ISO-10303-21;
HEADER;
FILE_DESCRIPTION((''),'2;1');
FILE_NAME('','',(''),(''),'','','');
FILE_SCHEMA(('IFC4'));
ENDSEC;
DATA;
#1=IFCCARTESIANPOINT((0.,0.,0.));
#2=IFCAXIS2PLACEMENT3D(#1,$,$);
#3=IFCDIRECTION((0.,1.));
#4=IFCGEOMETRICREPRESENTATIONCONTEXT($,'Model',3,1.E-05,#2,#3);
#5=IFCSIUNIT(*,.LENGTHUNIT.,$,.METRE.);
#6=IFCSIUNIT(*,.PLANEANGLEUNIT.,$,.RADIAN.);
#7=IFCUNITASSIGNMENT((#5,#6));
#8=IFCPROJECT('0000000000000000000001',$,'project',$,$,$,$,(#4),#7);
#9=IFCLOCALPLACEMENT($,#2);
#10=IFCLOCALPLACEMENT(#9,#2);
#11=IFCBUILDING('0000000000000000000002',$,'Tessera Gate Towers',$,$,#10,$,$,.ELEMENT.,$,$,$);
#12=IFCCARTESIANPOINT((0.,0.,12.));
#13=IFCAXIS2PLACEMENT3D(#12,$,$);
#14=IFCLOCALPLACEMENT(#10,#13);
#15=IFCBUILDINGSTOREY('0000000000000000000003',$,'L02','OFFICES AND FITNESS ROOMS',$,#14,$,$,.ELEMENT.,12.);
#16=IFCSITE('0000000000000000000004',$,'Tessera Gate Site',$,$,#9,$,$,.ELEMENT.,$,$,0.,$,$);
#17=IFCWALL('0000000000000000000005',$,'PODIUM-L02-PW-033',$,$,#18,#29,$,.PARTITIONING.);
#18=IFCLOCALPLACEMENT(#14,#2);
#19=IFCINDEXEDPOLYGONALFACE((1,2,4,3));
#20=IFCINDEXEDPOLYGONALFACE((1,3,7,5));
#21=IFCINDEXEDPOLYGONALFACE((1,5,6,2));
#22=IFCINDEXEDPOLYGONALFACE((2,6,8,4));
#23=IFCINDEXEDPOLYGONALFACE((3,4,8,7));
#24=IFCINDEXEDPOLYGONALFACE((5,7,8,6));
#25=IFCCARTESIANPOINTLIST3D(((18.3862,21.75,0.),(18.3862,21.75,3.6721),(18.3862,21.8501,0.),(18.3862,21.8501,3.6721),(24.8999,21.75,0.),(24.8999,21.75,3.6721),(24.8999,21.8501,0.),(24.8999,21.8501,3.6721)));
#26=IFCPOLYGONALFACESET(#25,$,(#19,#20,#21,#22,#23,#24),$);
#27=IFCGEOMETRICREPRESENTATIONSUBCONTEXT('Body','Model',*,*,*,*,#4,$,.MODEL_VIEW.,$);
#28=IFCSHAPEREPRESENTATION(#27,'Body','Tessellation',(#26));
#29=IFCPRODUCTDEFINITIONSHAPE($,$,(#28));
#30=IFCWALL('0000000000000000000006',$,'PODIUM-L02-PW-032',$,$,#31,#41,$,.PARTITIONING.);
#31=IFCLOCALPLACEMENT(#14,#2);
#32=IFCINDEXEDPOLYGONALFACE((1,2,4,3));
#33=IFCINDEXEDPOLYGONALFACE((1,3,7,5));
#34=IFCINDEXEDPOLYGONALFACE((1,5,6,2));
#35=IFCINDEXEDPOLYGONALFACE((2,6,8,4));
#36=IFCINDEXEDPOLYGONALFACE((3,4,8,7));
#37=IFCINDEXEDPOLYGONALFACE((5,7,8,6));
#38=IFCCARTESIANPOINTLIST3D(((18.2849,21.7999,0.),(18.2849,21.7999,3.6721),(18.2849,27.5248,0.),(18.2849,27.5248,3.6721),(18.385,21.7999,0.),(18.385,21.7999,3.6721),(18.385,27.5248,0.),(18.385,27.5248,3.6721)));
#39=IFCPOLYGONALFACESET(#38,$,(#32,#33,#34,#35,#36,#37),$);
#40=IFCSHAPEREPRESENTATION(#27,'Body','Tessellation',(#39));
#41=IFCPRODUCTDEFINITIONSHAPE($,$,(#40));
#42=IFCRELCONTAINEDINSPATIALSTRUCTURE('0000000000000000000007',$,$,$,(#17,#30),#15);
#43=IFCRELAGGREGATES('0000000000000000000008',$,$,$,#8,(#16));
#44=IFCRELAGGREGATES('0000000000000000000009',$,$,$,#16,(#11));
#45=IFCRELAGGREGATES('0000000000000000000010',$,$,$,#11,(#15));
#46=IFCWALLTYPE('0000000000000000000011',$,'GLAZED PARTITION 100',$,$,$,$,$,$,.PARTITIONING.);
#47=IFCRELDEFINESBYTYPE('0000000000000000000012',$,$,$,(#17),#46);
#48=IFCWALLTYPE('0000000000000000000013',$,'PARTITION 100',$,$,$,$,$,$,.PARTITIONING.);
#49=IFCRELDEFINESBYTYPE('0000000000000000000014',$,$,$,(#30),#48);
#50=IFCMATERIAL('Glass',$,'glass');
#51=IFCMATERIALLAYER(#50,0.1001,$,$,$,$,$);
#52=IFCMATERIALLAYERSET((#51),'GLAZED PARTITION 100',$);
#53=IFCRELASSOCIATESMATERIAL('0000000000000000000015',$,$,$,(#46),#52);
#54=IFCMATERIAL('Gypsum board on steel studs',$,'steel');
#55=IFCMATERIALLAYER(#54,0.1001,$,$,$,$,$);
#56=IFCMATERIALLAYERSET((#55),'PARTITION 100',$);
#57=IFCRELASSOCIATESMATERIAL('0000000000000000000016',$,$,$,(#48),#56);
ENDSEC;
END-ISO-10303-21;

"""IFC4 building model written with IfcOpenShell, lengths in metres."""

from ifc_helpers import new_model, si_unit, direction, frame, frame_2d, origin, place, context, subcontext, project, spatial, rectangle, extrude, material, layer, layer_set, type_object, element, save


model = new_model("IFC4")

# Units and contexts
model_context = context("Model", 3, precision=1e-05, world=origin(), true_north=direction((0.0, 1.0)))
body_context = subcontext(model_context, "Body", "Model", "MODEL_VIEW")
ifc_project = project(units=[si_unit("LENGTHUNIT", "METRE"), si_unit("PLANEANGLEUNIT", "RADIAN")], contexts=[model_context])

# Site, building, storey
site_placement = place(None, origin())
site = spatial("IfcSite", under=ifc_project, at=site_placement, Name="Tessera Gate Site", CompositionType="ELEMENT", RefElevation=0.0)
building_placement = place(site_placement, origin())
building = spatial("IfcBuilding", under=site, at=building_placement, Name="Tessera Gate Towers", CompositionType="ELEMENT")
storey_placement = place(building_placement, frame((0.0, 0.0, 12.0)))
storey = spatial("IfcBuildingStorey", under=building, at=storey_placement, Name="L02", Description="OFFICES AND FITNESS ROOMS", CompositionType="ELEMENT", Elevation=12.0)

# Walls
ifc_material_1 = material(Name="Glass", Category="glass")
ifc_layer_1 = layer(ifc_material_1, 0.1001)
ifc_layer_set_1 = layer_set([ifc_layer_1], Name="GLAZED PARTITION 100")
wall_type_1 = type_object("IfcWallType", Name="GLAZED PARTITION 100", PredefinedType="PARTITIONING", material=ifc_layer_set_1)
wall_1_placement = place(storey_placement, frame((18.3862, 21.8, 0.0), z_axis=(0.0, 0.0, 1.0), x_axis=(1.0, 0.0, 0.0)))
element("IfcWall", 1, at=wall_1_placement, inside=storey, type_object=wall_type_1, Name="PODIUM-L02-PW-033", PredefinedType="PARTITIONING", context=body_context, shape_type="SweptSolid", body=[
    extrude(rectangle(XDim=6.5137, YDim=0.1001, at=frame_2d((3.2568, 0.0))), origin(), (0.0, 0.0, 1.0), 3.6721),
])
ifc_material_2 = material(Name="Gypsum board on steel studs", Category="steel")
ifc_layer_2 = layer(ifc_material_2, 0.1001)
ifc_layer_set_2 = layer_set([ifc_layer_2], Name="PARTITION 100")
wall_type_2 = type_object("IfcWallType", Name="PARTITION 100", PredefinedType="PARTITIONING", material=ifc_layer_set_2)
wall_2_placement = place(storey_placement, frame((18.335, 21.8, 0.0), z_axis=(0.0, 0.0, 1.0), x_axis=(0.0, 1.0, 0.0)))
element("IfcWall", 2, at=wall_2_placement, inside=storey, type_object=wall_type_2, Name="PODIUM-L02-PW-032", PredefinedType="PARTITIONING", context=body_context, shape_type="SweptSolid", body=[
    extrude(rectangle(XDim=5.7249, YDim=0.1001, at=frame_2d((2.8623, 0.0))), origin(), (0.0, 0.0, 1.0), 3.6721),
])

save(model, "model.ifc")
